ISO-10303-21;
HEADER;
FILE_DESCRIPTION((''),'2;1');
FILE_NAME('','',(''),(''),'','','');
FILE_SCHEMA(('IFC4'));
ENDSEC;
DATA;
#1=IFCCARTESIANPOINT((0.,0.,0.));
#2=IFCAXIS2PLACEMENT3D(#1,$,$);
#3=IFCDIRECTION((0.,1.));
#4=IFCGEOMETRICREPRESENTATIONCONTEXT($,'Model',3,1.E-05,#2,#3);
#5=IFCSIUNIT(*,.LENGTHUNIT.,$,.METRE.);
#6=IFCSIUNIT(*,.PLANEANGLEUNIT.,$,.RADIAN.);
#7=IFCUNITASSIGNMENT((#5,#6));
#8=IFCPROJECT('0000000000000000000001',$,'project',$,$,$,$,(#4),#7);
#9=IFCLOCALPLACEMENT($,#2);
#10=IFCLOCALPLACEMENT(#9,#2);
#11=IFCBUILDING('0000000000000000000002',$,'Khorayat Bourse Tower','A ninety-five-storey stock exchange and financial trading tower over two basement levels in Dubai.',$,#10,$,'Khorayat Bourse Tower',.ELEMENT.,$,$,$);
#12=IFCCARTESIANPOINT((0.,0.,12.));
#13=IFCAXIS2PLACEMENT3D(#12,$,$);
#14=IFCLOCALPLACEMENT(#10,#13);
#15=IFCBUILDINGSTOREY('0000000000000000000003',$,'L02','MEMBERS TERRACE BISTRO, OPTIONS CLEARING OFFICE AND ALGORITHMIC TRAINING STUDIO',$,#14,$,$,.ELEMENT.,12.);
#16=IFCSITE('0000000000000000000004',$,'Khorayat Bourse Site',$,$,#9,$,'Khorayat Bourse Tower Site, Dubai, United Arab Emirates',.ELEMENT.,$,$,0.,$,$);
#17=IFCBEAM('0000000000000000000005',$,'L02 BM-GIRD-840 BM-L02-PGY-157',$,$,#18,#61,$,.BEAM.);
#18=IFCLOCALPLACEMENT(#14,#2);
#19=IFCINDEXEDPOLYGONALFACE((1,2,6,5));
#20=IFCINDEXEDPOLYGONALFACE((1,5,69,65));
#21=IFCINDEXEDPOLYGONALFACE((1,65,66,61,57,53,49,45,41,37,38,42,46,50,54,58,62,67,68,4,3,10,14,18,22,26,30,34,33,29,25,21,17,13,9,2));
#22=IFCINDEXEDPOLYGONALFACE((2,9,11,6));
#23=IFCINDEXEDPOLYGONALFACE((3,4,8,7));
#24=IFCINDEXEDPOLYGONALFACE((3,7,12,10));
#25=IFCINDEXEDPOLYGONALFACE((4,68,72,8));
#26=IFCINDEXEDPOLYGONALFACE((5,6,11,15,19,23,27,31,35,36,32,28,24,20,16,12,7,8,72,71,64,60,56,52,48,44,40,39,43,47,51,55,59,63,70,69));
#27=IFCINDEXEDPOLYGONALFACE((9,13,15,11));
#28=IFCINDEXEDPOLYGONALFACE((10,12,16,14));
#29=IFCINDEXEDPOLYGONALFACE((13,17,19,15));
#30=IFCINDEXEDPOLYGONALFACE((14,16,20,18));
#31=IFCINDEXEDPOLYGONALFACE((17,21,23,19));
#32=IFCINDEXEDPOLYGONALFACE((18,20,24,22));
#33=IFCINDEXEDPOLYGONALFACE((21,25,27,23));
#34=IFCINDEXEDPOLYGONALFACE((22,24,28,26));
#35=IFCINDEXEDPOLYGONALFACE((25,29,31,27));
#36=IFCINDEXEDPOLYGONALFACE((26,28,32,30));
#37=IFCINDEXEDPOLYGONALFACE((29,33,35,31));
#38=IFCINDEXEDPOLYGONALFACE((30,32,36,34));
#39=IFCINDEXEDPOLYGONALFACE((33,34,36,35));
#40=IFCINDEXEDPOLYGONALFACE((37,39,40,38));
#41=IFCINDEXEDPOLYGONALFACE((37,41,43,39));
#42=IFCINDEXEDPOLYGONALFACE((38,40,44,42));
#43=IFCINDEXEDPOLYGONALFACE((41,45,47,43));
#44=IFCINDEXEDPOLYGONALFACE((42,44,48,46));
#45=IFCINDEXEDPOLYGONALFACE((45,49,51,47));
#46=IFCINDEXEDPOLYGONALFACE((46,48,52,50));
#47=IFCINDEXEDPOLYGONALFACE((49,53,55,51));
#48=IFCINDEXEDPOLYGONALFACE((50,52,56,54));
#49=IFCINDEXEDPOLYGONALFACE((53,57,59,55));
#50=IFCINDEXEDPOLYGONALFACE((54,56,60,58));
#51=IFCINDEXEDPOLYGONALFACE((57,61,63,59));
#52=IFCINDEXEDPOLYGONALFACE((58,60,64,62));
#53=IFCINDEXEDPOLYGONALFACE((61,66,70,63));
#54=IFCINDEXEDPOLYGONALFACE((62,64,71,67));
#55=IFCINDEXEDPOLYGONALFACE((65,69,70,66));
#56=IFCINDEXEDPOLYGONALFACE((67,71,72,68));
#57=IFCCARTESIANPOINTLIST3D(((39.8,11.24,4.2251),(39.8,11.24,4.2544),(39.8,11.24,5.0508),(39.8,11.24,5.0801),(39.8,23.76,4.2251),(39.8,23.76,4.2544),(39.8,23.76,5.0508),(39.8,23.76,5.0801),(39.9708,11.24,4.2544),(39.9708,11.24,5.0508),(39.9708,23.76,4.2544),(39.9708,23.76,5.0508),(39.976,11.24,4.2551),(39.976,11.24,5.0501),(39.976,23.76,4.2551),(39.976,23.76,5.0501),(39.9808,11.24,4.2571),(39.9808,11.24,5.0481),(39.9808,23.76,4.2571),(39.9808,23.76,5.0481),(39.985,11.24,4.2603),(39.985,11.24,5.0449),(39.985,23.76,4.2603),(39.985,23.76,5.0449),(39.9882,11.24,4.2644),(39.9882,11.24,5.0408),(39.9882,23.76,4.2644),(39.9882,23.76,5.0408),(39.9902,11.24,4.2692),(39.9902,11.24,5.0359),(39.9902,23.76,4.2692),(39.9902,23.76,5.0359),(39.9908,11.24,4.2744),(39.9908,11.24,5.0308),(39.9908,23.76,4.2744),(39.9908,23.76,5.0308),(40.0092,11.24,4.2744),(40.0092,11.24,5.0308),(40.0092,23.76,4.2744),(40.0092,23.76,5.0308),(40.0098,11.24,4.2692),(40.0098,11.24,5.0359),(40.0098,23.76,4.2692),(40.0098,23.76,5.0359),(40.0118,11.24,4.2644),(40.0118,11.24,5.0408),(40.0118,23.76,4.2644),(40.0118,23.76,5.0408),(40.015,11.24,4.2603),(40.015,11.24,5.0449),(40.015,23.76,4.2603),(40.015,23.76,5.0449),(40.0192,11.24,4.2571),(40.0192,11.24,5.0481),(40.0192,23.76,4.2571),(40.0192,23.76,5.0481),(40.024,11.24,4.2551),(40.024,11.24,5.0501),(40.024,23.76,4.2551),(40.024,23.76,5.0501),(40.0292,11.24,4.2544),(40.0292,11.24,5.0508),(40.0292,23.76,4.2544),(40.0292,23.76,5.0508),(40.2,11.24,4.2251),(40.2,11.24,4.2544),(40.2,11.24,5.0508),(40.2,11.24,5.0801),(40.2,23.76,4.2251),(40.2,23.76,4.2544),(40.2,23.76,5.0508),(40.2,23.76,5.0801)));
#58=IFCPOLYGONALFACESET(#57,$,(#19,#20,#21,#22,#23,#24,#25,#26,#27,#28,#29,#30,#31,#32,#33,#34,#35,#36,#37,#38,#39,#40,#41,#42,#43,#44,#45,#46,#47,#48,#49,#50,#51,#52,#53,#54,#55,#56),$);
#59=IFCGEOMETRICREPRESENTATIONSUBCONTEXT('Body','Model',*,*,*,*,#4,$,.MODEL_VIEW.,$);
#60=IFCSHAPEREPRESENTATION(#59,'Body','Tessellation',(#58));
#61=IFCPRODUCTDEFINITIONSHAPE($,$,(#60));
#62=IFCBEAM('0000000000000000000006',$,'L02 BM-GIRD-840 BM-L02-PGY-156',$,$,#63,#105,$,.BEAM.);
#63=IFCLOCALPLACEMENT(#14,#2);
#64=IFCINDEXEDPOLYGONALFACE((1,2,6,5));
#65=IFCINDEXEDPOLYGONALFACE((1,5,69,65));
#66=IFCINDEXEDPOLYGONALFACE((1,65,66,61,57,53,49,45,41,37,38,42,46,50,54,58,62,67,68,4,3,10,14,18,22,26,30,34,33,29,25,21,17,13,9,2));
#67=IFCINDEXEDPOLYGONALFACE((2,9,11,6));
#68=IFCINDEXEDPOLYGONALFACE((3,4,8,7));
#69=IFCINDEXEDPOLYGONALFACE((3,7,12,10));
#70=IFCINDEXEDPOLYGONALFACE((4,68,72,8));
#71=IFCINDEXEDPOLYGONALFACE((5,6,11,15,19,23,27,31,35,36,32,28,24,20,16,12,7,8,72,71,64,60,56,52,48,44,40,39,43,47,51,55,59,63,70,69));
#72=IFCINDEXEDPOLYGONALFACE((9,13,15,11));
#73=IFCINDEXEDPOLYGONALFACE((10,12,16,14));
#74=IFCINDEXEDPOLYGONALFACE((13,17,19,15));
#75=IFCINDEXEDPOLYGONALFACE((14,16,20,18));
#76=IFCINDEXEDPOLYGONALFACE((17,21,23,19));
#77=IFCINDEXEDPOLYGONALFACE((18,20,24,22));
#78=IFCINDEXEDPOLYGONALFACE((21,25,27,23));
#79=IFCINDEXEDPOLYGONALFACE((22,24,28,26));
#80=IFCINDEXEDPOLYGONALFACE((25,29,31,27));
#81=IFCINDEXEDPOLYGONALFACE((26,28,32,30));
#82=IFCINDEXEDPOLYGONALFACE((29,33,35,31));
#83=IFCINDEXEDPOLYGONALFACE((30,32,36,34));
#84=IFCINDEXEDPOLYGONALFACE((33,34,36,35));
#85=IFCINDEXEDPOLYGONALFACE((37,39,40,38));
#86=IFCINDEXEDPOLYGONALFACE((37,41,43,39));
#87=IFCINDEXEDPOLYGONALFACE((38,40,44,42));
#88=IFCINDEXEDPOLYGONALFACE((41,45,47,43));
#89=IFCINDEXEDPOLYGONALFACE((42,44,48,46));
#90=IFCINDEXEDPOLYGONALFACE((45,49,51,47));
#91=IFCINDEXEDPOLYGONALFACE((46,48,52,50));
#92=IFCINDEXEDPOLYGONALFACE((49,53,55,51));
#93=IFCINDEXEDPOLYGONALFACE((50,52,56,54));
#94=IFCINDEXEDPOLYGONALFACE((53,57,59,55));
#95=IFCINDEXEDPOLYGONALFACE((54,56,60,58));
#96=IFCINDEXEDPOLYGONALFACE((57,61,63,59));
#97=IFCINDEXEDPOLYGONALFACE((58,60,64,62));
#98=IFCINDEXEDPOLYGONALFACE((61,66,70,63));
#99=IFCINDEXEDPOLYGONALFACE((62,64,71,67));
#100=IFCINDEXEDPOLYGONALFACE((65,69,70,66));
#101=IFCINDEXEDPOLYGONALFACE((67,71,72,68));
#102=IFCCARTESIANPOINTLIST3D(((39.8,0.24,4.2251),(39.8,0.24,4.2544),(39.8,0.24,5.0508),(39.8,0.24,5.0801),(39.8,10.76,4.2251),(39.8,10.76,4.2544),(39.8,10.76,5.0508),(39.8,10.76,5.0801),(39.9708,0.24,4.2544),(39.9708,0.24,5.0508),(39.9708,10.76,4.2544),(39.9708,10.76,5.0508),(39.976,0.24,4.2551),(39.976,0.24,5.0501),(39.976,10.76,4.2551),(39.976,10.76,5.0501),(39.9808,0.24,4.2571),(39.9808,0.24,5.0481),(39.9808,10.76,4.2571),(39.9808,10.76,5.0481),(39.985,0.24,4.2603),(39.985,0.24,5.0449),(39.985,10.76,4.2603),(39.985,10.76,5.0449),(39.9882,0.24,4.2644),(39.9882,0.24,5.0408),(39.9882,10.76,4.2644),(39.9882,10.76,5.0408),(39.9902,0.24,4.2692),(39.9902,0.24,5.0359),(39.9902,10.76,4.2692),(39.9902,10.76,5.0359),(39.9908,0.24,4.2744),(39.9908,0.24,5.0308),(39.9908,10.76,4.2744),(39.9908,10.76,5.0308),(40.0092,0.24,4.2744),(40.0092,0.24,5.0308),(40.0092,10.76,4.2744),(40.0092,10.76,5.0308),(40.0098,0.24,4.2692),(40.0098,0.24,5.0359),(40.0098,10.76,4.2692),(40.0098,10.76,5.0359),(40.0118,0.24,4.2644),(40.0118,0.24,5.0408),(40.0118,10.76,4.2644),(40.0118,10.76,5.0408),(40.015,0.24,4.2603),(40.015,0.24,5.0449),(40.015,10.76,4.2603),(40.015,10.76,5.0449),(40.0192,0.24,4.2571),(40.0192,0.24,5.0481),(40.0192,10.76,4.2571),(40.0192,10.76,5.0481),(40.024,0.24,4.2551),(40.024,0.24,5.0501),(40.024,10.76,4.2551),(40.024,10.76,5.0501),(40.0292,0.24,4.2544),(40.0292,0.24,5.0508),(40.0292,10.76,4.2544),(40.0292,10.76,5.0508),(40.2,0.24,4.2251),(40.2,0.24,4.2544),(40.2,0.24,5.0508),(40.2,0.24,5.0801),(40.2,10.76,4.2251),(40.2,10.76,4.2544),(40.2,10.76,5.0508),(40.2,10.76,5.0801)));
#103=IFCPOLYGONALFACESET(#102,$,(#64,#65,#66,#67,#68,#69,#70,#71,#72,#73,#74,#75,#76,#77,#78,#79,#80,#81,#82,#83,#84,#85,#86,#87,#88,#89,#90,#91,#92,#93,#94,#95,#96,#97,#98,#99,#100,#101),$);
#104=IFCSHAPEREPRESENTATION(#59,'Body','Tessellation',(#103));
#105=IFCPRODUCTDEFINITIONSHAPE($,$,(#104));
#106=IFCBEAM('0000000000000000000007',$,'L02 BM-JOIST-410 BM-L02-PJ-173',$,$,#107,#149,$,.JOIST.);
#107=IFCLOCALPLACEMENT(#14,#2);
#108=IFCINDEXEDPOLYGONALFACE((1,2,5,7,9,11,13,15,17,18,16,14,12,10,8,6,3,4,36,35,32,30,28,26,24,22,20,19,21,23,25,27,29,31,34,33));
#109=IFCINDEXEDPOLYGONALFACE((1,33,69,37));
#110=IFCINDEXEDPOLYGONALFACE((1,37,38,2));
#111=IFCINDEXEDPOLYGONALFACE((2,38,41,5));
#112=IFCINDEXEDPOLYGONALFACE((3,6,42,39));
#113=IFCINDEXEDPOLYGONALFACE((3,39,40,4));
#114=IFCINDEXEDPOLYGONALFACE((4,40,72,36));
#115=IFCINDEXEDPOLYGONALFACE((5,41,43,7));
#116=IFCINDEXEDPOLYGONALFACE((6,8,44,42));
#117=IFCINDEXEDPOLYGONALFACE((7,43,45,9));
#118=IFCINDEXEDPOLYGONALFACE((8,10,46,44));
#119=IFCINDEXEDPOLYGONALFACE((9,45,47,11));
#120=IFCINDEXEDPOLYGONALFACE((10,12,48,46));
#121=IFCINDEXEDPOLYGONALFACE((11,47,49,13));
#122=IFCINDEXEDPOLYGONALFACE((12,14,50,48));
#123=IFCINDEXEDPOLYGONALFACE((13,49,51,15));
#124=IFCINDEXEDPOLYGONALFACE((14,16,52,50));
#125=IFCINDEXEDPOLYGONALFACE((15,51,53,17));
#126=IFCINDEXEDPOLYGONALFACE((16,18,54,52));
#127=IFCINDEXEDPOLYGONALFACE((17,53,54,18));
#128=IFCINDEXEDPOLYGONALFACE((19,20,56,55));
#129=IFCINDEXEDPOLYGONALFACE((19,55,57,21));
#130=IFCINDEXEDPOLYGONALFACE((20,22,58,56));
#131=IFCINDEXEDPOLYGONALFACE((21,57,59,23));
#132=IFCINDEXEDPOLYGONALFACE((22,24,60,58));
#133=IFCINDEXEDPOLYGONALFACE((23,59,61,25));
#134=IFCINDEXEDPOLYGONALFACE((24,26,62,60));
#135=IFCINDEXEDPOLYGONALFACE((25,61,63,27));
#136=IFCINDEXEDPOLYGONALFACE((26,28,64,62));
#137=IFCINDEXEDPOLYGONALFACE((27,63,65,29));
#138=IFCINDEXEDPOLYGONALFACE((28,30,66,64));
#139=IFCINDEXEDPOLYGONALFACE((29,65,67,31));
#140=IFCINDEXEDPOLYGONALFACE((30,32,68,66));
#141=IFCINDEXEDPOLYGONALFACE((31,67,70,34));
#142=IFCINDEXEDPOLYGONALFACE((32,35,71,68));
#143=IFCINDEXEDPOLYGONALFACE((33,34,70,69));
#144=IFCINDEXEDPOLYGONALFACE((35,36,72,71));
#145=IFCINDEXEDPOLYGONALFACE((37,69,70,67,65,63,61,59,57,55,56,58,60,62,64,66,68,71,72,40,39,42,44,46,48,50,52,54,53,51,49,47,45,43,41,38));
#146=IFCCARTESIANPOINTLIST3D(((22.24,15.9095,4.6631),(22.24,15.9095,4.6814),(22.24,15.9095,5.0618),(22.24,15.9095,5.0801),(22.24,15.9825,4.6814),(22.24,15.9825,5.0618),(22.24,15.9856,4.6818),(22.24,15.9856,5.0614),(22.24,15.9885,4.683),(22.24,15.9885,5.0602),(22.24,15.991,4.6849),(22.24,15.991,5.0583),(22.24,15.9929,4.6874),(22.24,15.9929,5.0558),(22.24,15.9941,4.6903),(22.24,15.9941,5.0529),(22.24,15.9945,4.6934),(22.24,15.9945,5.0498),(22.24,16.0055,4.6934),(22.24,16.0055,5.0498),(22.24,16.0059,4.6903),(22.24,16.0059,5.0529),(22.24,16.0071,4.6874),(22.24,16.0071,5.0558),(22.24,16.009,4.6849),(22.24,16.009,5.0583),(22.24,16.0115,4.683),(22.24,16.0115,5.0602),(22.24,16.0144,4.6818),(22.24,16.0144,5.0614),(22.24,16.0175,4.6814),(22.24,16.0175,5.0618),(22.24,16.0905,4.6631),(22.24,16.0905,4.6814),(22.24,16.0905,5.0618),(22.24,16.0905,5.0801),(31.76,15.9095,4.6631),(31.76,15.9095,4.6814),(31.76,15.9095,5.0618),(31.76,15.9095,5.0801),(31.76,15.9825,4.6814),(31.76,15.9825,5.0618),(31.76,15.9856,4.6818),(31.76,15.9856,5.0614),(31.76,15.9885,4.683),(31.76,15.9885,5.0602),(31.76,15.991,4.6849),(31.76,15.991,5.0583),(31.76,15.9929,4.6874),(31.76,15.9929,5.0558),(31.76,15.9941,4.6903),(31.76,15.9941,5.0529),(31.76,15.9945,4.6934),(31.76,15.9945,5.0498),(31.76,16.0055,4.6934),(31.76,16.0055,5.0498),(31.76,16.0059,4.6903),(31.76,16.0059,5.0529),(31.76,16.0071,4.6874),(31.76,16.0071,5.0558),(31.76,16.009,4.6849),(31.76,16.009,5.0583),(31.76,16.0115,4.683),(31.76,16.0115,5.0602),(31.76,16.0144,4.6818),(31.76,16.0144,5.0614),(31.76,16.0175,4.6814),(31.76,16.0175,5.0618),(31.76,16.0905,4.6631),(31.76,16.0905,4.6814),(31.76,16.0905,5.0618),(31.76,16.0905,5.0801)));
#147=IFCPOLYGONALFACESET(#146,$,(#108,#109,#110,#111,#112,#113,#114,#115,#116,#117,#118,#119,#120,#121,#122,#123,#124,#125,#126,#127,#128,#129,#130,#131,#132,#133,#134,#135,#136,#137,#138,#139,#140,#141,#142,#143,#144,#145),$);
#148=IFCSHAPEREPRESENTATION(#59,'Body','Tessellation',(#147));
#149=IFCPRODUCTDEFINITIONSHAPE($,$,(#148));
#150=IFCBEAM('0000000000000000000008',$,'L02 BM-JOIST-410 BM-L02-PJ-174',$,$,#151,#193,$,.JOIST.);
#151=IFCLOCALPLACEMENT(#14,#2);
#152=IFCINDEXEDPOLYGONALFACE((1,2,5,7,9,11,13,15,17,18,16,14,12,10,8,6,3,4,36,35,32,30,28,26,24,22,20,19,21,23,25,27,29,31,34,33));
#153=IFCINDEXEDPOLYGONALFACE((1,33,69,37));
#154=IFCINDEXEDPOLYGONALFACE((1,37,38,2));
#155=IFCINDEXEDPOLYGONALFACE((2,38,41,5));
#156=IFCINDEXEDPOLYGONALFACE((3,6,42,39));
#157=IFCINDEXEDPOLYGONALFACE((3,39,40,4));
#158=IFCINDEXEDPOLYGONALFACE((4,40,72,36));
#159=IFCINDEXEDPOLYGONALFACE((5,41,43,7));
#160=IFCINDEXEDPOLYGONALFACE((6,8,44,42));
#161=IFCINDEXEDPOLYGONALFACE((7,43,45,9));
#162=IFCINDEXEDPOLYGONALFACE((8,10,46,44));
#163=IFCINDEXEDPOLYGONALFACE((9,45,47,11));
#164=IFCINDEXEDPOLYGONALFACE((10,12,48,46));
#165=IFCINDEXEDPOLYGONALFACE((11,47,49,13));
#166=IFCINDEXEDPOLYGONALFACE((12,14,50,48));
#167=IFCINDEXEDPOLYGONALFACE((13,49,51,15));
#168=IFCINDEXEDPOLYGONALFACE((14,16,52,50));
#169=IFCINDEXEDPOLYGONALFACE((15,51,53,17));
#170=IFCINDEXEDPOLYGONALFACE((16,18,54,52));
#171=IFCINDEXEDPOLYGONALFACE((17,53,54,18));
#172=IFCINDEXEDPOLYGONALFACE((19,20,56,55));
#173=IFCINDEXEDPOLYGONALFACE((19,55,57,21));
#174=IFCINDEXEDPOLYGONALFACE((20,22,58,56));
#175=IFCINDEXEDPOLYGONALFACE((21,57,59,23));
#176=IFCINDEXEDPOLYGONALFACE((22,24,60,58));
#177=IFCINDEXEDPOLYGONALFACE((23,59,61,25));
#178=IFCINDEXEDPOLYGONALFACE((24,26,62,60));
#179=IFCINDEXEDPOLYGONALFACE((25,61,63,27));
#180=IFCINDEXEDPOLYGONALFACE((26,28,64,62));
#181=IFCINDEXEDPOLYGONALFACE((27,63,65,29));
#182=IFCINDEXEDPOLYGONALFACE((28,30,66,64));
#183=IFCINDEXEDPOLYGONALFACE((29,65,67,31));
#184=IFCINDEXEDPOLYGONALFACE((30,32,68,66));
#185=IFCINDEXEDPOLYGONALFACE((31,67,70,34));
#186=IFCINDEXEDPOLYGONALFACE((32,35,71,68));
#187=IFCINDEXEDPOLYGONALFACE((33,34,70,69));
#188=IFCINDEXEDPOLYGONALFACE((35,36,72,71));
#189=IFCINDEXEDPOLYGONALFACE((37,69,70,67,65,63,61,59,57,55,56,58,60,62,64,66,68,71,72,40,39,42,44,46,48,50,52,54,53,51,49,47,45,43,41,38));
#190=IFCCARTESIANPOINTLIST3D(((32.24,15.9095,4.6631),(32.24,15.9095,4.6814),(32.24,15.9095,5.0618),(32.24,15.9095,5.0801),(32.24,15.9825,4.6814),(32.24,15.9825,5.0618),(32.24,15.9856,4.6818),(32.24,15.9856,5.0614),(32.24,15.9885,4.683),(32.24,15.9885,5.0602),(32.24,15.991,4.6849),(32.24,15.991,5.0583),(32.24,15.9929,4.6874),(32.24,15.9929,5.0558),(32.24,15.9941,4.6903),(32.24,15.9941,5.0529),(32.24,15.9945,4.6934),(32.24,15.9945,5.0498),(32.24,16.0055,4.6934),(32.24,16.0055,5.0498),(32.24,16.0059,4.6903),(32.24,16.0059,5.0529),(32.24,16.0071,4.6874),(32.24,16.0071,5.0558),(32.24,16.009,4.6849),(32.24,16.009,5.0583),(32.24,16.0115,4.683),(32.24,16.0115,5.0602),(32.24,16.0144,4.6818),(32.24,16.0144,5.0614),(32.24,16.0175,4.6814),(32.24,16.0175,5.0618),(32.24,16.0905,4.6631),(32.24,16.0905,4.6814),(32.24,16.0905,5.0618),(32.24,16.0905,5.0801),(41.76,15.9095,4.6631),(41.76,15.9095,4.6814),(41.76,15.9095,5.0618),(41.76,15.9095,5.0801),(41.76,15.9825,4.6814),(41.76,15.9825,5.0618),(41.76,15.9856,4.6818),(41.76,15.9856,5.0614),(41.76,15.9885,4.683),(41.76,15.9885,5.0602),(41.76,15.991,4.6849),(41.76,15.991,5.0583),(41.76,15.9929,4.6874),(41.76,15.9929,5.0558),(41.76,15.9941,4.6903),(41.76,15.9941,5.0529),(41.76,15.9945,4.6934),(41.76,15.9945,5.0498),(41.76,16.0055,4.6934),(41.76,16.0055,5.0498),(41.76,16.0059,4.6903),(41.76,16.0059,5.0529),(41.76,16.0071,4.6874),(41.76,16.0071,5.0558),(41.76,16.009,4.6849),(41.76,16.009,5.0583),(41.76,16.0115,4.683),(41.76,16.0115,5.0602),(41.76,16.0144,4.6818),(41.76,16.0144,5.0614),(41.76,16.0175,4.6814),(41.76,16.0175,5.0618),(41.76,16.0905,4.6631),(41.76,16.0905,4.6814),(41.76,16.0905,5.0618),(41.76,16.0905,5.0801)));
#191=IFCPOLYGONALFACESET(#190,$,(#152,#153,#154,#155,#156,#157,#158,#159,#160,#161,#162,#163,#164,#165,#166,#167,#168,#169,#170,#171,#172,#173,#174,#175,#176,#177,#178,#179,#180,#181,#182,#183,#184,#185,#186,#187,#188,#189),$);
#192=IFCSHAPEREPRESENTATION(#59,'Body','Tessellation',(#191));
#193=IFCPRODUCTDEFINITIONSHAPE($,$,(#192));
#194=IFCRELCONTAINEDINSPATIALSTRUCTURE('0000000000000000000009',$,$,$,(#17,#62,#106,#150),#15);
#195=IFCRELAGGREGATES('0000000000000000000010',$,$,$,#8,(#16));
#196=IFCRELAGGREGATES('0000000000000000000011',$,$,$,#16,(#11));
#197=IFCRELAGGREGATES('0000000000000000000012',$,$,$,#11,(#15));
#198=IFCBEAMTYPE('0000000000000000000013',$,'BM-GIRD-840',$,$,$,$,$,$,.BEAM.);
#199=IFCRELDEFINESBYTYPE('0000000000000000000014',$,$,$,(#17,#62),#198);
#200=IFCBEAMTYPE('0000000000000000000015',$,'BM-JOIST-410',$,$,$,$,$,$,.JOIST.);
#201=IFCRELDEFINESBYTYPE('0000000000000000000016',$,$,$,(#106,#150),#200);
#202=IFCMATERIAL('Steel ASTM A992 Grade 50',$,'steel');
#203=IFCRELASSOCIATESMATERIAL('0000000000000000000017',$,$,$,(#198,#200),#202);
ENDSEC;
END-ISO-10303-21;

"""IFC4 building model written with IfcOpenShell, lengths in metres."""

from ifc_helpers import new_model, si_unit, direction, frame, origin, origin_2d, place, context, subcontext, project, spatial, i_section, extrude, source, transform, mapped, material, material_profile, profile_set, type_object, element, save


model = new_model("IFC4")

# Units and contexts
model_context = context("Model", 3, precision=1e-05, world=origin(), true_north=direction((0.0, 1.0)))
body_context = subcontext(model_context, "Body", "Model", "MODEL_VIEW")
ifc_project = project(units=[si_unit("LENGTHUNIT", "METRE"), si_unit("PLANEANGLEUNIT", "RADIAN")], contexts=[model_context])

# Site, building, storey
site_placement = place(None, origin())
site = spatial("IfcSite", under=ifc_project, at=site_placement, Name="Khorayat Bourse Site", LongName="Khorayat Bourse Tower Site, Dubai, United Arab Emirates", CompositionType="ELEMENT", RefElevation=0.0)
building_placement = place(site_placement, origin())
building = spatial("IfcBuilding", under=site, at=building_placement, Name="Khorayat Bourse Tower", Description="A ninety-five-storey stock exchange and financial trading tower over two basement levels in Dubai.", LongName="Khorayat Bourse Tower", CompositionType="ELEMENT")
storey_placement = place(building_placement, frame((0.0, 0.0, 12.0)))
storey = spatial("IfcBuildingStorey", under=building, at=storey_placement, Name="L02", Description="MEMBERS TERRACE BISTRO, OPTIONS CLEARING OFFICE AND ALGORITHMIC TRAINING STUDIO", CompositionType="ELEMENT", Elevation=12.0)

# Beams
ifc_material_1 = material(Name="Steel ASTM A992 Grade 50", Category="steel")
ifc_material_profile_1 = material_profile(ifc_material_1, i_section(OverallWidth=0.3999, OverallDepth=0.855, WebThickness=0.0183, FlangeThickness=0.0293, FilletRadius=0.02, at=origin_2d()), Name="W840X299")
ifc_profile_set_1 = profile_set([ifc_material_profile_1], Name="Steel ASTM A992 Grade 50")
beam_type_1 = type_object("IfcBeamType", Name="BM-GIRD-840", PredefinedType="BEAM", material=ifc_profile_set_1)
shared_shape_1 = source(origin(), body_context, "Body", "SweptSolid", [
    extrude(i_section(OverallWidth=0.3999, OverallDepth=0.855, WebThickness=0.0183, FlangeThickness=0.0293, FilletRadius=0.02, at=origin_2d()), origin(), (0.0, 0.0, 1.0), 12.52),
])
beam_1_placement = place(storey_placement, frame((40.0, 11.24, 4.6526), z_axis=(0.0, 1.0, 0.0), x_axis=(-1.0, 0.0, 0.0)))
element("IfcBeam", 1, at=beam_1_placement, inside=storey, type_object=beam_type_1, Name="L02 BM-GIRD-840 BM-L02-PGY-157", PredefinedType="BEAM", context=body_context, shape_type="MappedRepresentation", body=[
    mapped(shared_shape_1, transform((0.0, 0.0, 0.0), scale=1.0)),
])
shared_shape_2 = source(origin(), body_context, "Body", "SweptSolid", [
    extrude(i_section(OverallWidth=0.3999, OverallDepth=0.855, WebThickness=0.0183, FlangeThickness=0.0293, FilletRadius=0.02, at=origin_2d()), origin(), (0.0, 0.0, 1.0), 10.52),
])
beam_2_placement = place(storey_placement, frame((40.0, 0.24, 4.6526), z_axis=(0.0, 1.0, 0.0), x_axis=(-1.0, 0.0, 0.0)))
element("IfcBeam", 2, at=beam_2_placement, inside=storey, type_object=beam_type_1, Name="L02 BM-GIRD-840 BM-L02-PGY-156", PredefinedType="BEAM", context=body_context, shape_type="MappedRepresentation", body=[
    mapped(shared_shape_2, transform((0.0, 0.0, 0.0), scale=1.0)),
])
ifc_material_profile_2 = material_profile(ifc_material_1, i_section(OverallWidth=0.1809, OverallDepth=0.417, WebThickness=0.011, FlangeThickness=0.0183, FilletRadius=0.012, at=origin_2d()), Name="W410X85")
ifc_profile_set_2 = profile_set([ifc_material_profile_2], Name="Steel ASTM A992 Grade 50")
beam_type_2 = type_object("IfcBeamType", Name="BM-JOIST-410", PredefinedType="JOIST", material=ifc_profile_set_2)
shared_shape_3 = source(origin(), body_context, "Body", "SweptSolid", [
    extrude(i_section(OverallWidth=0.1809, OverallDepth=0.417, WebThickness=0.011, FlangeThickness=0.0183, FilletRadius=0.012, at=origin_2d()), origin(), (0.0, 0.0, 1.0), 9.52),
])
for number, where, z_axis, x_axis, name in (
    (3, (22.24, 16.0, 4.8716), (1.0, 0.0, 0.0), (0.0, 1.0, 0.0), "L02 BM-JOIST-410 BM-L02-PJ-173"),
    (4, (32.24, 16.0, 4.8716), (1.0, 0.0, 0.0), (0.0, 1.0, 0.0), "L02 BM-JOIST-410 BM-L02-PJ-174"),
):
    element("IfcBeam", number, at=place(storey_placement, frame(where, z_axis=z_axis, x_axis=x_axis)), inside=storey, type_object=beam_type_2, Name=name, PredefinedType="JOIST", context=body_context, shape_type="MappedRepresentation", body=[
        mapped(shared_shape_3, transform((0.0, 0.0, 0.0), scale=1.0)),
    ])

save(model, "model.ifc")
